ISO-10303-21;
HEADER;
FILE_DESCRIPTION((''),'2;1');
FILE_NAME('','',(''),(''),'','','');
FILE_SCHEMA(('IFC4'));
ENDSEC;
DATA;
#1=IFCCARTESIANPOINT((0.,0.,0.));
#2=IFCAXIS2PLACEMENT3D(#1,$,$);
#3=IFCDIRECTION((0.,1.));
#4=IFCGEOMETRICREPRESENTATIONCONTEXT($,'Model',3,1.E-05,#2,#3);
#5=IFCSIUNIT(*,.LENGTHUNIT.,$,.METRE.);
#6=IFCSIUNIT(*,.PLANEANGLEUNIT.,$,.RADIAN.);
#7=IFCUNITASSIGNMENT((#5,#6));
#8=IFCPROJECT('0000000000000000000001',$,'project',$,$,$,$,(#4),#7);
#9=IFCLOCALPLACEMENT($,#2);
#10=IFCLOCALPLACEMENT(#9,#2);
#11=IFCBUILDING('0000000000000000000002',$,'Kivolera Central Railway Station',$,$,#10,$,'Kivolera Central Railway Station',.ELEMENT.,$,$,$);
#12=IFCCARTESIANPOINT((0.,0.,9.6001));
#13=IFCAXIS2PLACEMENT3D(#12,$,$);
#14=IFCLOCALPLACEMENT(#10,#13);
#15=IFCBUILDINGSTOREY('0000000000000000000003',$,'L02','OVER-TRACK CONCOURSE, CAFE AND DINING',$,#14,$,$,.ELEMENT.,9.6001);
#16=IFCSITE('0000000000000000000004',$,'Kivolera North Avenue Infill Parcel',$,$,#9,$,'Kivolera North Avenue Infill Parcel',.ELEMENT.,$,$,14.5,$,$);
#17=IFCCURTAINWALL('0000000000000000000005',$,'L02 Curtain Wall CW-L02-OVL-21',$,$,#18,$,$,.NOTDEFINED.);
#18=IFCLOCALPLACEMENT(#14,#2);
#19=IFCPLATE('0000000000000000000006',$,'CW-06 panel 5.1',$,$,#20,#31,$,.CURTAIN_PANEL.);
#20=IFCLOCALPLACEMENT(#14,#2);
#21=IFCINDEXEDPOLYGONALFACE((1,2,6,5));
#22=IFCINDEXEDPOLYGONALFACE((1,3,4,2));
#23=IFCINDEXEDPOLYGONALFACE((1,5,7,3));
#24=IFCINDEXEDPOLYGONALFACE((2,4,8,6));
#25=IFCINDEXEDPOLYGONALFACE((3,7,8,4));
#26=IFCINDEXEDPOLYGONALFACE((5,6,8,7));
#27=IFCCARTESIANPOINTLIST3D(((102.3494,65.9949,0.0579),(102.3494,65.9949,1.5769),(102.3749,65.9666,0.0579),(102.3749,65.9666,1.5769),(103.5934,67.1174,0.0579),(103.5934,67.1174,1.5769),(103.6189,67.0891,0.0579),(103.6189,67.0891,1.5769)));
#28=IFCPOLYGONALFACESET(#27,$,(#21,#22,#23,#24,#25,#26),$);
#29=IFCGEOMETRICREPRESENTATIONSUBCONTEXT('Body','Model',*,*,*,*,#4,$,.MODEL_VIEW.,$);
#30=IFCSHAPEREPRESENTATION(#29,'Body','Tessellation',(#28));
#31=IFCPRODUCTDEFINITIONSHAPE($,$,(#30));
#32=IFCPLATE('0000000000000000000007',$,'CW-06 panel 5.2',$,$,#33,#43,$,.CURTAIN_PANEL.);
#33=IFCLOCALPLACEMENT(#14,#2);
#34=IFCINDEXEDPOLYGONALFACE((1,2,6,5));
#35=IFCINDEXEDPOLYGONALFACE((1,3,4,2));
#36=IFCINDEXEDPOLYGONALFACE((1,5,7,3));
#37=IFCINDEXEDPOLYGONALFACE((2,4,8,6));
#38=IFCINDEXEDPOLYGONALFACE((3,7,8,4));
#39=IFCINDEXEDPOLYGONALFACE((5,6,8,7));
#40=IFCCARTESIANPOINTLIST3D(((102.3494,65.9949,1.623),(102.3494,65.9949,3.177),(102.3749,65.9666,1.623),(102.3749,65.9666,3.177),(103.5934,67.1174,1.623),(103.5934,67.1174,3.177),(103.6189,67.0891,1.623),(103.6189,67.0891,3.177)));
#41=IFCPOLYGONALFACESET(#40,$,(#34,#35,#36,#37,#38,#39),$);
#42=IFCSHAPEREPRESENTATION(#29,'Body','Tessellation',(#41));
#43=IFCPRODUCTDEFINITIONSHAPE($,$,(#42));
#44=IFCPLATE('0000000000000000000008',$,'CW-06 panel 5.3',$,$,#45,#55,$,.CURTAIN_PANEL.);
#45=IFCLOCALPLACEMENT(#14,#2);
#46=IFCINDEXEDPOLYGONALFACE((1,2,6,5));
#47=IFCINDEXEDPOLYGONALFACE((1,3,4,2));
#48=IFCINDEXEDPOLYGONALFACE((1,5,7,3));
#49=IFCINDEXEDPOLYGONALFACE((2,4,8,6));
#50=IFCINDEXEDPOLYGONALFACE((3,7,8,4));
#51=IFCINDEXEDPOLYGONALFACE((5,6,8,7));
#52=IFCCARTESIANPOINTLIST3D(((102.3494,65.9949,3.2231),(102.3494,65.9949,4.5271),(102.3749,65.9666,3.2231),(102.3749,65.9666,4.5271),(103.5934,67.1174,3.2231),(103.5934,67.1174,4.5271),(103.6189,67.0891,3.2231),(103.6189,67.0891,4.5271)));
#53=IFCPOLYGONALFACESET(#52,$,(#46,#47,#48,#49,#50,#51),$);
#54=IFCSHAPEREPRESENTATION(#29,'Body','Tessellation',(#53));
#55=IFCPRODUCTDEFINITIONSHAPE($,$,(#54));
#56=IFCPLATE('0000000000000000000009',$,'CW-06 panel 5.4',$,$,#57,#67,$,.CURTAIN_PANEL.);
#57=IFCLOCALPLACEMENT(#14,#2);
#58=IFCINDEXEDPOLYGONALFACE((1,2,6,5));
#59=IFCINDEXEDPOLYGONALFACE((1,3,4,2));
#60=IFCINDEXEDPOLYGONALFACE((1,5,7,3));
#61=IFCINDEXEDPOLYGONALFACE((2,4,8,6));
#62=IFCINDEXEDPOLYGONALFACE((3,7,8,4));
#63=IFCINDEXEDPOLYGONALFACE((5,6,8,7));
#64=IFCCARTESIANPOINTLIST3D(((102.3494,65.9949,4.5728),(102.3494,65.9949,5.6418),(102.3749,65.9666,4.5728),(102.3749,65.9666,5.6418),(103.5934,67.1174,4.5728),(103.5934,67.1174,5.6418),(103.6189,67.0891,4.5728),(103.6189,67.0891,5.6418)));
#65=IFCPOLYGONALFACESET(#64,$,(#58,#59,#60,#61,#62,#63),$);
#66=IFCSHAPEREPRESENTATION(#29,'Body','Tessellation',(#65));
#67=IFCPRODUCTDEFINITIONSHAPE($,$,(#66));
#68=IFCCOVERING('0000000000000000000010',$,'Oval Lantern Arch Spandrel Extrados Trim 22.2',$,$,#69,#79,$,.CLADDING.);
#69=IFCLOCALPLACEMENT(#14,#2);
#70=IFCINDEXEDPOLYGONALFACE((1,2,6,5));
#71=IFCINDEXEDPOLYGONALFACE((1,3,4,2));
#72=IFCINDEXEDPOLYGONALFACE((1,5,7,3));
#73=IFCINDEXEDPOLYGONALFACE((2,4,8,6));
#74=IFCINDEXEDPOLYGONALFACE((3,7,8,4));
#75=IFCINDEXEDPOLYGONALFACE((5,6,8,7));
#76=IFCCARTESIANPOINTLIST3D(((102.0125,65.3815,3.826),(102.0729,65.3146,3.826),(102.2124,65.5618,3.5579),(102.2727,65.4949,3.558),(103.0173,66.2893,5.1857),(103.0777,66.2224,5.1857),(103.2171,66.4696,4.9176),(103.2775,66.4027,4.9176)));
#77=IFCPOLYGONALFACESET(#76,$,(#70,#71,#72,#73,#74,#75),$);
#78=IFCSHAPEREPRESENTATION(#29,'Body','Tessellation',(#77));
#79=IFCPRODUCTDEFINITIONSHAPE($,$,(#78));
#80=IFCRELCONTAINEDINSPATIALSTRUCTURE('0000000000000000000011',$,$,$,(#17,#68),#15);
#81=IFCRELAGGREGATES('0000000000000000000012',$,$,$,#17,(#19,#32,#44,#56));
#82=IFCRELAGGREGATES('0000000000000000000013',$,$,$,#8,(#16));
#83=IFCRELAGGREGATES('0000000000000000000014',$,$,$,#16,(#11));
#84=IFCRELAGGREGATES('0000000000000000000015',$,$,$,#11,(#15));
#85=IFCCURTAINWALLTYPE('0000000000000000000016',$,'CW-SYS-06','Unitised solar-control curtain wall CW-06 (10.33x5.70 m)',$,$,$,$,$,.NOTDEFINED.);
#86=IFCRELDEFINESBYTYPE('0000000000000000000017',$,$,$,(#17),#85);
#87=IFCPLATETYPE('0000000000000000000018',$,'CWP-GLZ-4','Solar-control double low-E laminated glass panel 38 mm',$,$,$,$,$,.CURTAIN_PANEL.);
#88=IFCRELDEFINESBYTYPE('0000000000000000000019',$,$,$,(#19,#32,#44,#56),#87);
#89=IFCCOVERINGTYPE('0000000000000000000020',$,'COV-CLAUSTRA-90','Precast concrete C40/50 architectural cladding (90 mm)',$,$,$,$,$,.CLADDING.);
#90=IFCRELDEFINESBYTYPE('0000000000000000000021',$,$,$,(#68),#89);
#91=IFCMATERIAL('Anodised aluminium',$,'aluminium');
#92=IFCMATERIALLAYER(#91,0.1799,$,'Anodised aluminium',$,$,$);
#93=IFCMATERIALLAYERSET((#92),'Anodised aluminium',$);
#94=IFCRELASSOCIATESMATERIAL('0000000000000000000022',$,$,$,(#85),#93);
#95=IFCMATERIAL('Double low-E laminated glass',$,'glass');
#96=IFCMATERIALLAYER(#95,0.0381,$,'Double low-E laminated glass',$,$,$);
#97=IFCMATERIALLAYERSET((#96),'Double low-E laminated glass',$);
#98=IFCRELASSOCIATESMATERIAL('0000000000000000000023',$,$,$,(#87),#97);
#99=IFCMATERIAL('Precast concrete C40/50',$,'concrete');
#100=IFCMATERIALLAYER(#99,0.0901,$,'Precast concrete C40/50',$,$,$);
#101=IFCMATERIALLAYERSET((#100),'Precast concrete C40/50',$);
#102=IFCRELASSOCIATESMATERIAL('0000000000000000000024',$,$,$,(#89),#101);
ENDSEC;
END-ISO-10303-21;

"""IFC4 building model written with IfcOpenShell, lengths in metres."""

from ifc_helpers import new_model, si_unit, direction, frame, origin, origin_2d, place, context, subcontext, project, spatial, rectangle, extrude, material, layer, layer_set, type_object, element, aggregate, save


model = new_model("IFC4")

# Units and contexts
model_context = context("Model", 3, precision=1e-05, world=origin(), true_north=direction((0.0, 1.0)))
body_context = subcontext(model_context, "Body", "Model", "MODEL_VIEW")
ifc_project = project(units=[si_unit("LENGTHUNIT", "METRE"), si_unit("PLANEANGLEUNIT", "RADIAN")], contexts=[model_context])

# Site, building, storey
site_placement = place(None, origin())
site = spatial("IfcSite", under=ifc_project, at=site_placement, Name="Kivolera North Avenue Infill Parcel", LongName="Kivolera North Avenue Infill Parcel", CompositionType="ELEMENT", RefElevation=14.5)
building_placement = place(site_placement, origin())
building = spatial("IfcBuilding", under=site, at=building_placement, Name="Kivolera Central Railway Station", LongName="Kivolera Central Railway Station", CompositionType="ELEMENT")
storey_placement = place(building_placement, frame((0.0, 0.0, 9.6001)))
storey = spatial("IfcBuildingStorey", under=building, at=storey_placement, Name="L02", Description="OVER-TRACK CONCOURSE, CAFE AND DINING", CompositionType="ELEMENT", Elevation=9.6001)

# Curtain wall, plates
ifc_material_1 = material(Name="Anodised aluminium", Category="aluminium")
ifc_layer_1 = layer(ifc_material_1, 0.1799, Name="Anodised aluminium")
ifc_layer_set_1 = layer_set([ifc_layer_1], Name="Anodised aluminium")
curtain_wall_type = type_object("IfcCurtainWallType", Name="CW-SYS-06", Description="Unitised solar-control curtain wall CW-06 (10.33x5.70 m)", PredefinedType="NOTDEFINED", material=ifc_layer_set_1)
curtain_wall_placement = place(storey_placement, origin())
curtain_wall = element("IfcCurtainWall", 1, at=curtain_wall_placement, inside=storey, type_object=curtain_wall_type, Name="L02 Curtain Wall CW-L02-OVL-21", PredefinedType="NOTDEFINED")
ifc_material_2 = material(Name="Double low-E laminated glass", Category="glass")
ifc_layer_2 = layer(ifc_material_2, 0.0381, Name="Double low-E laminated glass")
ifc_layer_set_2 = layer_set([ifc_layer_2], Name="Double low-E laminated glass")
plate_type = type_object("IfcPlateType", Name="CWP-GLZ-4", Description="Solar-control double low-E laminated glass panel 38 mm", PredefinedType="CURTAIN_PANEL", material=ifc_layer_set_2)
plate_1_placement = place(storey_placement, frame((102.9841, 66.542, 0.0579), z_axis=(0.0, 0.0, 1.0), x_axis=(-0.742432, -0.669922, 0.0)))
plate_1 = element("IfcPlate", 2, at=plate_1_placement, type_object=plate_type, Name="CW-06 panel 5.1", PredefinedType="CURTAIN_PANEL", context=body_context, shape_type="SweptSolid", body=[
    extrude(rectangle(XDim=1.6755, YDim=0.0381, at=origin_2d()), origin(), (0.0, 0.0, 1.0), 1.519),
])
plate_2_placement = place(storey_placement, frame((102.9841, 66.542, 1.623), z_axis=(0.0, 0.0, 1.0), x_axis=(-0.742432, -0.669922, 0.0)))
plate_2 = element("IfcPlate", 3, at=plate_2_placement, type_object=plate_type, Name="CW-06 panel 5.2", PredefinedType="CURTAIN_PANEL", context=body_context, shape_type="SweptSolid", body=[
    extrude(rectangle(XDim=1.6755, YDim=0.0381, at=origin_2d()), origin(), (0.0, 0.0, 1.0), 1.554),
])
plate_3_placement = place(storey_placement, frame((102.9841, 66.542, 3.2231), z_axis=(0.0, 0.0, 1.0), x_axis=(-0.742432, -0.669922, 0.0)))
plate_3 = element("IfcPlate", 4, at=plate_3_placement, type_object=plate_type, Name="CW-06 panel 5.3", PredefinedType="CURTAIN_PANEL", context=body_context, shape_type="SweptSolid", body=[
    extrude(rectangle(XDim=1.6755, YDim=0.0381, at=origin_2d()), origin(), (0.0, 0.0, 1.0), 1.304),
])
plate_4_placement = place(storey_placement, frame((102.9841, 66.542, 4.5728), z_axis=(0.0, 0.0, 1.0), x_axis=(-0.742432, -0.669922, 0.0)))
plate_4 = element("IfcPlate", 5, at=plate_4_placement, type_object=plate_type, Name="CW-06 panel 5.4", PredefinedType="CURTAIN_PANEL", context=body_context, shape_type="SweptSolid", body=[
    extrude(rectangle(XDim=1.6755, YDim=0.0381, at=origin_2d()), origin(), (0.0, 0.0, 1.0), 1.0691),
])
aggregate(curtain_wall, [plate_1, plate_2, plate_3, plate_4])

# Covering
ifc_material_3 = material(Name="Precast concrete C40/50", Category="concrete")
ifc_layer_3 = layer(ifc_material_3, 0.0901, Name="Precast concrete C40/50")
ifc_layer_set_3 = layer_set([ifc_layer_3], Name="Precast concrete C40/50")
covering_type = type_object("IfcCoveringType", Name="COV-CLAUSTRA-90", Description="Precast concrete C40/50 architectural cladding (90 mm)", PredefinedType="CLADDING", material=ifc_layer_set_3)
covering_placement = place(storey_placement, frame((102.645, 65.8921, 4.3718), z_axis=(0.523602, 0.473065, 0.708555), x_axis=(0.669922, -0.742431, 0.0)))
element("IfcCovering", 6, at=covering_placement, inside=storey, type_object=covering_type, Name="Oval Lantern Arch Spandrel Extrados Trim 22.2", PredefinedType="CLADDING", context=body_context, shape_type="SweptSolid", body=[
    extrude(rectangle(XDim=0.0901, YDim=0.3799, at=origin_2d()), frame((0.0, 0.0, -0.9595)), (0.0, 0.0, 1.0), 1.9189),
])

save(model, "model.ifc")
